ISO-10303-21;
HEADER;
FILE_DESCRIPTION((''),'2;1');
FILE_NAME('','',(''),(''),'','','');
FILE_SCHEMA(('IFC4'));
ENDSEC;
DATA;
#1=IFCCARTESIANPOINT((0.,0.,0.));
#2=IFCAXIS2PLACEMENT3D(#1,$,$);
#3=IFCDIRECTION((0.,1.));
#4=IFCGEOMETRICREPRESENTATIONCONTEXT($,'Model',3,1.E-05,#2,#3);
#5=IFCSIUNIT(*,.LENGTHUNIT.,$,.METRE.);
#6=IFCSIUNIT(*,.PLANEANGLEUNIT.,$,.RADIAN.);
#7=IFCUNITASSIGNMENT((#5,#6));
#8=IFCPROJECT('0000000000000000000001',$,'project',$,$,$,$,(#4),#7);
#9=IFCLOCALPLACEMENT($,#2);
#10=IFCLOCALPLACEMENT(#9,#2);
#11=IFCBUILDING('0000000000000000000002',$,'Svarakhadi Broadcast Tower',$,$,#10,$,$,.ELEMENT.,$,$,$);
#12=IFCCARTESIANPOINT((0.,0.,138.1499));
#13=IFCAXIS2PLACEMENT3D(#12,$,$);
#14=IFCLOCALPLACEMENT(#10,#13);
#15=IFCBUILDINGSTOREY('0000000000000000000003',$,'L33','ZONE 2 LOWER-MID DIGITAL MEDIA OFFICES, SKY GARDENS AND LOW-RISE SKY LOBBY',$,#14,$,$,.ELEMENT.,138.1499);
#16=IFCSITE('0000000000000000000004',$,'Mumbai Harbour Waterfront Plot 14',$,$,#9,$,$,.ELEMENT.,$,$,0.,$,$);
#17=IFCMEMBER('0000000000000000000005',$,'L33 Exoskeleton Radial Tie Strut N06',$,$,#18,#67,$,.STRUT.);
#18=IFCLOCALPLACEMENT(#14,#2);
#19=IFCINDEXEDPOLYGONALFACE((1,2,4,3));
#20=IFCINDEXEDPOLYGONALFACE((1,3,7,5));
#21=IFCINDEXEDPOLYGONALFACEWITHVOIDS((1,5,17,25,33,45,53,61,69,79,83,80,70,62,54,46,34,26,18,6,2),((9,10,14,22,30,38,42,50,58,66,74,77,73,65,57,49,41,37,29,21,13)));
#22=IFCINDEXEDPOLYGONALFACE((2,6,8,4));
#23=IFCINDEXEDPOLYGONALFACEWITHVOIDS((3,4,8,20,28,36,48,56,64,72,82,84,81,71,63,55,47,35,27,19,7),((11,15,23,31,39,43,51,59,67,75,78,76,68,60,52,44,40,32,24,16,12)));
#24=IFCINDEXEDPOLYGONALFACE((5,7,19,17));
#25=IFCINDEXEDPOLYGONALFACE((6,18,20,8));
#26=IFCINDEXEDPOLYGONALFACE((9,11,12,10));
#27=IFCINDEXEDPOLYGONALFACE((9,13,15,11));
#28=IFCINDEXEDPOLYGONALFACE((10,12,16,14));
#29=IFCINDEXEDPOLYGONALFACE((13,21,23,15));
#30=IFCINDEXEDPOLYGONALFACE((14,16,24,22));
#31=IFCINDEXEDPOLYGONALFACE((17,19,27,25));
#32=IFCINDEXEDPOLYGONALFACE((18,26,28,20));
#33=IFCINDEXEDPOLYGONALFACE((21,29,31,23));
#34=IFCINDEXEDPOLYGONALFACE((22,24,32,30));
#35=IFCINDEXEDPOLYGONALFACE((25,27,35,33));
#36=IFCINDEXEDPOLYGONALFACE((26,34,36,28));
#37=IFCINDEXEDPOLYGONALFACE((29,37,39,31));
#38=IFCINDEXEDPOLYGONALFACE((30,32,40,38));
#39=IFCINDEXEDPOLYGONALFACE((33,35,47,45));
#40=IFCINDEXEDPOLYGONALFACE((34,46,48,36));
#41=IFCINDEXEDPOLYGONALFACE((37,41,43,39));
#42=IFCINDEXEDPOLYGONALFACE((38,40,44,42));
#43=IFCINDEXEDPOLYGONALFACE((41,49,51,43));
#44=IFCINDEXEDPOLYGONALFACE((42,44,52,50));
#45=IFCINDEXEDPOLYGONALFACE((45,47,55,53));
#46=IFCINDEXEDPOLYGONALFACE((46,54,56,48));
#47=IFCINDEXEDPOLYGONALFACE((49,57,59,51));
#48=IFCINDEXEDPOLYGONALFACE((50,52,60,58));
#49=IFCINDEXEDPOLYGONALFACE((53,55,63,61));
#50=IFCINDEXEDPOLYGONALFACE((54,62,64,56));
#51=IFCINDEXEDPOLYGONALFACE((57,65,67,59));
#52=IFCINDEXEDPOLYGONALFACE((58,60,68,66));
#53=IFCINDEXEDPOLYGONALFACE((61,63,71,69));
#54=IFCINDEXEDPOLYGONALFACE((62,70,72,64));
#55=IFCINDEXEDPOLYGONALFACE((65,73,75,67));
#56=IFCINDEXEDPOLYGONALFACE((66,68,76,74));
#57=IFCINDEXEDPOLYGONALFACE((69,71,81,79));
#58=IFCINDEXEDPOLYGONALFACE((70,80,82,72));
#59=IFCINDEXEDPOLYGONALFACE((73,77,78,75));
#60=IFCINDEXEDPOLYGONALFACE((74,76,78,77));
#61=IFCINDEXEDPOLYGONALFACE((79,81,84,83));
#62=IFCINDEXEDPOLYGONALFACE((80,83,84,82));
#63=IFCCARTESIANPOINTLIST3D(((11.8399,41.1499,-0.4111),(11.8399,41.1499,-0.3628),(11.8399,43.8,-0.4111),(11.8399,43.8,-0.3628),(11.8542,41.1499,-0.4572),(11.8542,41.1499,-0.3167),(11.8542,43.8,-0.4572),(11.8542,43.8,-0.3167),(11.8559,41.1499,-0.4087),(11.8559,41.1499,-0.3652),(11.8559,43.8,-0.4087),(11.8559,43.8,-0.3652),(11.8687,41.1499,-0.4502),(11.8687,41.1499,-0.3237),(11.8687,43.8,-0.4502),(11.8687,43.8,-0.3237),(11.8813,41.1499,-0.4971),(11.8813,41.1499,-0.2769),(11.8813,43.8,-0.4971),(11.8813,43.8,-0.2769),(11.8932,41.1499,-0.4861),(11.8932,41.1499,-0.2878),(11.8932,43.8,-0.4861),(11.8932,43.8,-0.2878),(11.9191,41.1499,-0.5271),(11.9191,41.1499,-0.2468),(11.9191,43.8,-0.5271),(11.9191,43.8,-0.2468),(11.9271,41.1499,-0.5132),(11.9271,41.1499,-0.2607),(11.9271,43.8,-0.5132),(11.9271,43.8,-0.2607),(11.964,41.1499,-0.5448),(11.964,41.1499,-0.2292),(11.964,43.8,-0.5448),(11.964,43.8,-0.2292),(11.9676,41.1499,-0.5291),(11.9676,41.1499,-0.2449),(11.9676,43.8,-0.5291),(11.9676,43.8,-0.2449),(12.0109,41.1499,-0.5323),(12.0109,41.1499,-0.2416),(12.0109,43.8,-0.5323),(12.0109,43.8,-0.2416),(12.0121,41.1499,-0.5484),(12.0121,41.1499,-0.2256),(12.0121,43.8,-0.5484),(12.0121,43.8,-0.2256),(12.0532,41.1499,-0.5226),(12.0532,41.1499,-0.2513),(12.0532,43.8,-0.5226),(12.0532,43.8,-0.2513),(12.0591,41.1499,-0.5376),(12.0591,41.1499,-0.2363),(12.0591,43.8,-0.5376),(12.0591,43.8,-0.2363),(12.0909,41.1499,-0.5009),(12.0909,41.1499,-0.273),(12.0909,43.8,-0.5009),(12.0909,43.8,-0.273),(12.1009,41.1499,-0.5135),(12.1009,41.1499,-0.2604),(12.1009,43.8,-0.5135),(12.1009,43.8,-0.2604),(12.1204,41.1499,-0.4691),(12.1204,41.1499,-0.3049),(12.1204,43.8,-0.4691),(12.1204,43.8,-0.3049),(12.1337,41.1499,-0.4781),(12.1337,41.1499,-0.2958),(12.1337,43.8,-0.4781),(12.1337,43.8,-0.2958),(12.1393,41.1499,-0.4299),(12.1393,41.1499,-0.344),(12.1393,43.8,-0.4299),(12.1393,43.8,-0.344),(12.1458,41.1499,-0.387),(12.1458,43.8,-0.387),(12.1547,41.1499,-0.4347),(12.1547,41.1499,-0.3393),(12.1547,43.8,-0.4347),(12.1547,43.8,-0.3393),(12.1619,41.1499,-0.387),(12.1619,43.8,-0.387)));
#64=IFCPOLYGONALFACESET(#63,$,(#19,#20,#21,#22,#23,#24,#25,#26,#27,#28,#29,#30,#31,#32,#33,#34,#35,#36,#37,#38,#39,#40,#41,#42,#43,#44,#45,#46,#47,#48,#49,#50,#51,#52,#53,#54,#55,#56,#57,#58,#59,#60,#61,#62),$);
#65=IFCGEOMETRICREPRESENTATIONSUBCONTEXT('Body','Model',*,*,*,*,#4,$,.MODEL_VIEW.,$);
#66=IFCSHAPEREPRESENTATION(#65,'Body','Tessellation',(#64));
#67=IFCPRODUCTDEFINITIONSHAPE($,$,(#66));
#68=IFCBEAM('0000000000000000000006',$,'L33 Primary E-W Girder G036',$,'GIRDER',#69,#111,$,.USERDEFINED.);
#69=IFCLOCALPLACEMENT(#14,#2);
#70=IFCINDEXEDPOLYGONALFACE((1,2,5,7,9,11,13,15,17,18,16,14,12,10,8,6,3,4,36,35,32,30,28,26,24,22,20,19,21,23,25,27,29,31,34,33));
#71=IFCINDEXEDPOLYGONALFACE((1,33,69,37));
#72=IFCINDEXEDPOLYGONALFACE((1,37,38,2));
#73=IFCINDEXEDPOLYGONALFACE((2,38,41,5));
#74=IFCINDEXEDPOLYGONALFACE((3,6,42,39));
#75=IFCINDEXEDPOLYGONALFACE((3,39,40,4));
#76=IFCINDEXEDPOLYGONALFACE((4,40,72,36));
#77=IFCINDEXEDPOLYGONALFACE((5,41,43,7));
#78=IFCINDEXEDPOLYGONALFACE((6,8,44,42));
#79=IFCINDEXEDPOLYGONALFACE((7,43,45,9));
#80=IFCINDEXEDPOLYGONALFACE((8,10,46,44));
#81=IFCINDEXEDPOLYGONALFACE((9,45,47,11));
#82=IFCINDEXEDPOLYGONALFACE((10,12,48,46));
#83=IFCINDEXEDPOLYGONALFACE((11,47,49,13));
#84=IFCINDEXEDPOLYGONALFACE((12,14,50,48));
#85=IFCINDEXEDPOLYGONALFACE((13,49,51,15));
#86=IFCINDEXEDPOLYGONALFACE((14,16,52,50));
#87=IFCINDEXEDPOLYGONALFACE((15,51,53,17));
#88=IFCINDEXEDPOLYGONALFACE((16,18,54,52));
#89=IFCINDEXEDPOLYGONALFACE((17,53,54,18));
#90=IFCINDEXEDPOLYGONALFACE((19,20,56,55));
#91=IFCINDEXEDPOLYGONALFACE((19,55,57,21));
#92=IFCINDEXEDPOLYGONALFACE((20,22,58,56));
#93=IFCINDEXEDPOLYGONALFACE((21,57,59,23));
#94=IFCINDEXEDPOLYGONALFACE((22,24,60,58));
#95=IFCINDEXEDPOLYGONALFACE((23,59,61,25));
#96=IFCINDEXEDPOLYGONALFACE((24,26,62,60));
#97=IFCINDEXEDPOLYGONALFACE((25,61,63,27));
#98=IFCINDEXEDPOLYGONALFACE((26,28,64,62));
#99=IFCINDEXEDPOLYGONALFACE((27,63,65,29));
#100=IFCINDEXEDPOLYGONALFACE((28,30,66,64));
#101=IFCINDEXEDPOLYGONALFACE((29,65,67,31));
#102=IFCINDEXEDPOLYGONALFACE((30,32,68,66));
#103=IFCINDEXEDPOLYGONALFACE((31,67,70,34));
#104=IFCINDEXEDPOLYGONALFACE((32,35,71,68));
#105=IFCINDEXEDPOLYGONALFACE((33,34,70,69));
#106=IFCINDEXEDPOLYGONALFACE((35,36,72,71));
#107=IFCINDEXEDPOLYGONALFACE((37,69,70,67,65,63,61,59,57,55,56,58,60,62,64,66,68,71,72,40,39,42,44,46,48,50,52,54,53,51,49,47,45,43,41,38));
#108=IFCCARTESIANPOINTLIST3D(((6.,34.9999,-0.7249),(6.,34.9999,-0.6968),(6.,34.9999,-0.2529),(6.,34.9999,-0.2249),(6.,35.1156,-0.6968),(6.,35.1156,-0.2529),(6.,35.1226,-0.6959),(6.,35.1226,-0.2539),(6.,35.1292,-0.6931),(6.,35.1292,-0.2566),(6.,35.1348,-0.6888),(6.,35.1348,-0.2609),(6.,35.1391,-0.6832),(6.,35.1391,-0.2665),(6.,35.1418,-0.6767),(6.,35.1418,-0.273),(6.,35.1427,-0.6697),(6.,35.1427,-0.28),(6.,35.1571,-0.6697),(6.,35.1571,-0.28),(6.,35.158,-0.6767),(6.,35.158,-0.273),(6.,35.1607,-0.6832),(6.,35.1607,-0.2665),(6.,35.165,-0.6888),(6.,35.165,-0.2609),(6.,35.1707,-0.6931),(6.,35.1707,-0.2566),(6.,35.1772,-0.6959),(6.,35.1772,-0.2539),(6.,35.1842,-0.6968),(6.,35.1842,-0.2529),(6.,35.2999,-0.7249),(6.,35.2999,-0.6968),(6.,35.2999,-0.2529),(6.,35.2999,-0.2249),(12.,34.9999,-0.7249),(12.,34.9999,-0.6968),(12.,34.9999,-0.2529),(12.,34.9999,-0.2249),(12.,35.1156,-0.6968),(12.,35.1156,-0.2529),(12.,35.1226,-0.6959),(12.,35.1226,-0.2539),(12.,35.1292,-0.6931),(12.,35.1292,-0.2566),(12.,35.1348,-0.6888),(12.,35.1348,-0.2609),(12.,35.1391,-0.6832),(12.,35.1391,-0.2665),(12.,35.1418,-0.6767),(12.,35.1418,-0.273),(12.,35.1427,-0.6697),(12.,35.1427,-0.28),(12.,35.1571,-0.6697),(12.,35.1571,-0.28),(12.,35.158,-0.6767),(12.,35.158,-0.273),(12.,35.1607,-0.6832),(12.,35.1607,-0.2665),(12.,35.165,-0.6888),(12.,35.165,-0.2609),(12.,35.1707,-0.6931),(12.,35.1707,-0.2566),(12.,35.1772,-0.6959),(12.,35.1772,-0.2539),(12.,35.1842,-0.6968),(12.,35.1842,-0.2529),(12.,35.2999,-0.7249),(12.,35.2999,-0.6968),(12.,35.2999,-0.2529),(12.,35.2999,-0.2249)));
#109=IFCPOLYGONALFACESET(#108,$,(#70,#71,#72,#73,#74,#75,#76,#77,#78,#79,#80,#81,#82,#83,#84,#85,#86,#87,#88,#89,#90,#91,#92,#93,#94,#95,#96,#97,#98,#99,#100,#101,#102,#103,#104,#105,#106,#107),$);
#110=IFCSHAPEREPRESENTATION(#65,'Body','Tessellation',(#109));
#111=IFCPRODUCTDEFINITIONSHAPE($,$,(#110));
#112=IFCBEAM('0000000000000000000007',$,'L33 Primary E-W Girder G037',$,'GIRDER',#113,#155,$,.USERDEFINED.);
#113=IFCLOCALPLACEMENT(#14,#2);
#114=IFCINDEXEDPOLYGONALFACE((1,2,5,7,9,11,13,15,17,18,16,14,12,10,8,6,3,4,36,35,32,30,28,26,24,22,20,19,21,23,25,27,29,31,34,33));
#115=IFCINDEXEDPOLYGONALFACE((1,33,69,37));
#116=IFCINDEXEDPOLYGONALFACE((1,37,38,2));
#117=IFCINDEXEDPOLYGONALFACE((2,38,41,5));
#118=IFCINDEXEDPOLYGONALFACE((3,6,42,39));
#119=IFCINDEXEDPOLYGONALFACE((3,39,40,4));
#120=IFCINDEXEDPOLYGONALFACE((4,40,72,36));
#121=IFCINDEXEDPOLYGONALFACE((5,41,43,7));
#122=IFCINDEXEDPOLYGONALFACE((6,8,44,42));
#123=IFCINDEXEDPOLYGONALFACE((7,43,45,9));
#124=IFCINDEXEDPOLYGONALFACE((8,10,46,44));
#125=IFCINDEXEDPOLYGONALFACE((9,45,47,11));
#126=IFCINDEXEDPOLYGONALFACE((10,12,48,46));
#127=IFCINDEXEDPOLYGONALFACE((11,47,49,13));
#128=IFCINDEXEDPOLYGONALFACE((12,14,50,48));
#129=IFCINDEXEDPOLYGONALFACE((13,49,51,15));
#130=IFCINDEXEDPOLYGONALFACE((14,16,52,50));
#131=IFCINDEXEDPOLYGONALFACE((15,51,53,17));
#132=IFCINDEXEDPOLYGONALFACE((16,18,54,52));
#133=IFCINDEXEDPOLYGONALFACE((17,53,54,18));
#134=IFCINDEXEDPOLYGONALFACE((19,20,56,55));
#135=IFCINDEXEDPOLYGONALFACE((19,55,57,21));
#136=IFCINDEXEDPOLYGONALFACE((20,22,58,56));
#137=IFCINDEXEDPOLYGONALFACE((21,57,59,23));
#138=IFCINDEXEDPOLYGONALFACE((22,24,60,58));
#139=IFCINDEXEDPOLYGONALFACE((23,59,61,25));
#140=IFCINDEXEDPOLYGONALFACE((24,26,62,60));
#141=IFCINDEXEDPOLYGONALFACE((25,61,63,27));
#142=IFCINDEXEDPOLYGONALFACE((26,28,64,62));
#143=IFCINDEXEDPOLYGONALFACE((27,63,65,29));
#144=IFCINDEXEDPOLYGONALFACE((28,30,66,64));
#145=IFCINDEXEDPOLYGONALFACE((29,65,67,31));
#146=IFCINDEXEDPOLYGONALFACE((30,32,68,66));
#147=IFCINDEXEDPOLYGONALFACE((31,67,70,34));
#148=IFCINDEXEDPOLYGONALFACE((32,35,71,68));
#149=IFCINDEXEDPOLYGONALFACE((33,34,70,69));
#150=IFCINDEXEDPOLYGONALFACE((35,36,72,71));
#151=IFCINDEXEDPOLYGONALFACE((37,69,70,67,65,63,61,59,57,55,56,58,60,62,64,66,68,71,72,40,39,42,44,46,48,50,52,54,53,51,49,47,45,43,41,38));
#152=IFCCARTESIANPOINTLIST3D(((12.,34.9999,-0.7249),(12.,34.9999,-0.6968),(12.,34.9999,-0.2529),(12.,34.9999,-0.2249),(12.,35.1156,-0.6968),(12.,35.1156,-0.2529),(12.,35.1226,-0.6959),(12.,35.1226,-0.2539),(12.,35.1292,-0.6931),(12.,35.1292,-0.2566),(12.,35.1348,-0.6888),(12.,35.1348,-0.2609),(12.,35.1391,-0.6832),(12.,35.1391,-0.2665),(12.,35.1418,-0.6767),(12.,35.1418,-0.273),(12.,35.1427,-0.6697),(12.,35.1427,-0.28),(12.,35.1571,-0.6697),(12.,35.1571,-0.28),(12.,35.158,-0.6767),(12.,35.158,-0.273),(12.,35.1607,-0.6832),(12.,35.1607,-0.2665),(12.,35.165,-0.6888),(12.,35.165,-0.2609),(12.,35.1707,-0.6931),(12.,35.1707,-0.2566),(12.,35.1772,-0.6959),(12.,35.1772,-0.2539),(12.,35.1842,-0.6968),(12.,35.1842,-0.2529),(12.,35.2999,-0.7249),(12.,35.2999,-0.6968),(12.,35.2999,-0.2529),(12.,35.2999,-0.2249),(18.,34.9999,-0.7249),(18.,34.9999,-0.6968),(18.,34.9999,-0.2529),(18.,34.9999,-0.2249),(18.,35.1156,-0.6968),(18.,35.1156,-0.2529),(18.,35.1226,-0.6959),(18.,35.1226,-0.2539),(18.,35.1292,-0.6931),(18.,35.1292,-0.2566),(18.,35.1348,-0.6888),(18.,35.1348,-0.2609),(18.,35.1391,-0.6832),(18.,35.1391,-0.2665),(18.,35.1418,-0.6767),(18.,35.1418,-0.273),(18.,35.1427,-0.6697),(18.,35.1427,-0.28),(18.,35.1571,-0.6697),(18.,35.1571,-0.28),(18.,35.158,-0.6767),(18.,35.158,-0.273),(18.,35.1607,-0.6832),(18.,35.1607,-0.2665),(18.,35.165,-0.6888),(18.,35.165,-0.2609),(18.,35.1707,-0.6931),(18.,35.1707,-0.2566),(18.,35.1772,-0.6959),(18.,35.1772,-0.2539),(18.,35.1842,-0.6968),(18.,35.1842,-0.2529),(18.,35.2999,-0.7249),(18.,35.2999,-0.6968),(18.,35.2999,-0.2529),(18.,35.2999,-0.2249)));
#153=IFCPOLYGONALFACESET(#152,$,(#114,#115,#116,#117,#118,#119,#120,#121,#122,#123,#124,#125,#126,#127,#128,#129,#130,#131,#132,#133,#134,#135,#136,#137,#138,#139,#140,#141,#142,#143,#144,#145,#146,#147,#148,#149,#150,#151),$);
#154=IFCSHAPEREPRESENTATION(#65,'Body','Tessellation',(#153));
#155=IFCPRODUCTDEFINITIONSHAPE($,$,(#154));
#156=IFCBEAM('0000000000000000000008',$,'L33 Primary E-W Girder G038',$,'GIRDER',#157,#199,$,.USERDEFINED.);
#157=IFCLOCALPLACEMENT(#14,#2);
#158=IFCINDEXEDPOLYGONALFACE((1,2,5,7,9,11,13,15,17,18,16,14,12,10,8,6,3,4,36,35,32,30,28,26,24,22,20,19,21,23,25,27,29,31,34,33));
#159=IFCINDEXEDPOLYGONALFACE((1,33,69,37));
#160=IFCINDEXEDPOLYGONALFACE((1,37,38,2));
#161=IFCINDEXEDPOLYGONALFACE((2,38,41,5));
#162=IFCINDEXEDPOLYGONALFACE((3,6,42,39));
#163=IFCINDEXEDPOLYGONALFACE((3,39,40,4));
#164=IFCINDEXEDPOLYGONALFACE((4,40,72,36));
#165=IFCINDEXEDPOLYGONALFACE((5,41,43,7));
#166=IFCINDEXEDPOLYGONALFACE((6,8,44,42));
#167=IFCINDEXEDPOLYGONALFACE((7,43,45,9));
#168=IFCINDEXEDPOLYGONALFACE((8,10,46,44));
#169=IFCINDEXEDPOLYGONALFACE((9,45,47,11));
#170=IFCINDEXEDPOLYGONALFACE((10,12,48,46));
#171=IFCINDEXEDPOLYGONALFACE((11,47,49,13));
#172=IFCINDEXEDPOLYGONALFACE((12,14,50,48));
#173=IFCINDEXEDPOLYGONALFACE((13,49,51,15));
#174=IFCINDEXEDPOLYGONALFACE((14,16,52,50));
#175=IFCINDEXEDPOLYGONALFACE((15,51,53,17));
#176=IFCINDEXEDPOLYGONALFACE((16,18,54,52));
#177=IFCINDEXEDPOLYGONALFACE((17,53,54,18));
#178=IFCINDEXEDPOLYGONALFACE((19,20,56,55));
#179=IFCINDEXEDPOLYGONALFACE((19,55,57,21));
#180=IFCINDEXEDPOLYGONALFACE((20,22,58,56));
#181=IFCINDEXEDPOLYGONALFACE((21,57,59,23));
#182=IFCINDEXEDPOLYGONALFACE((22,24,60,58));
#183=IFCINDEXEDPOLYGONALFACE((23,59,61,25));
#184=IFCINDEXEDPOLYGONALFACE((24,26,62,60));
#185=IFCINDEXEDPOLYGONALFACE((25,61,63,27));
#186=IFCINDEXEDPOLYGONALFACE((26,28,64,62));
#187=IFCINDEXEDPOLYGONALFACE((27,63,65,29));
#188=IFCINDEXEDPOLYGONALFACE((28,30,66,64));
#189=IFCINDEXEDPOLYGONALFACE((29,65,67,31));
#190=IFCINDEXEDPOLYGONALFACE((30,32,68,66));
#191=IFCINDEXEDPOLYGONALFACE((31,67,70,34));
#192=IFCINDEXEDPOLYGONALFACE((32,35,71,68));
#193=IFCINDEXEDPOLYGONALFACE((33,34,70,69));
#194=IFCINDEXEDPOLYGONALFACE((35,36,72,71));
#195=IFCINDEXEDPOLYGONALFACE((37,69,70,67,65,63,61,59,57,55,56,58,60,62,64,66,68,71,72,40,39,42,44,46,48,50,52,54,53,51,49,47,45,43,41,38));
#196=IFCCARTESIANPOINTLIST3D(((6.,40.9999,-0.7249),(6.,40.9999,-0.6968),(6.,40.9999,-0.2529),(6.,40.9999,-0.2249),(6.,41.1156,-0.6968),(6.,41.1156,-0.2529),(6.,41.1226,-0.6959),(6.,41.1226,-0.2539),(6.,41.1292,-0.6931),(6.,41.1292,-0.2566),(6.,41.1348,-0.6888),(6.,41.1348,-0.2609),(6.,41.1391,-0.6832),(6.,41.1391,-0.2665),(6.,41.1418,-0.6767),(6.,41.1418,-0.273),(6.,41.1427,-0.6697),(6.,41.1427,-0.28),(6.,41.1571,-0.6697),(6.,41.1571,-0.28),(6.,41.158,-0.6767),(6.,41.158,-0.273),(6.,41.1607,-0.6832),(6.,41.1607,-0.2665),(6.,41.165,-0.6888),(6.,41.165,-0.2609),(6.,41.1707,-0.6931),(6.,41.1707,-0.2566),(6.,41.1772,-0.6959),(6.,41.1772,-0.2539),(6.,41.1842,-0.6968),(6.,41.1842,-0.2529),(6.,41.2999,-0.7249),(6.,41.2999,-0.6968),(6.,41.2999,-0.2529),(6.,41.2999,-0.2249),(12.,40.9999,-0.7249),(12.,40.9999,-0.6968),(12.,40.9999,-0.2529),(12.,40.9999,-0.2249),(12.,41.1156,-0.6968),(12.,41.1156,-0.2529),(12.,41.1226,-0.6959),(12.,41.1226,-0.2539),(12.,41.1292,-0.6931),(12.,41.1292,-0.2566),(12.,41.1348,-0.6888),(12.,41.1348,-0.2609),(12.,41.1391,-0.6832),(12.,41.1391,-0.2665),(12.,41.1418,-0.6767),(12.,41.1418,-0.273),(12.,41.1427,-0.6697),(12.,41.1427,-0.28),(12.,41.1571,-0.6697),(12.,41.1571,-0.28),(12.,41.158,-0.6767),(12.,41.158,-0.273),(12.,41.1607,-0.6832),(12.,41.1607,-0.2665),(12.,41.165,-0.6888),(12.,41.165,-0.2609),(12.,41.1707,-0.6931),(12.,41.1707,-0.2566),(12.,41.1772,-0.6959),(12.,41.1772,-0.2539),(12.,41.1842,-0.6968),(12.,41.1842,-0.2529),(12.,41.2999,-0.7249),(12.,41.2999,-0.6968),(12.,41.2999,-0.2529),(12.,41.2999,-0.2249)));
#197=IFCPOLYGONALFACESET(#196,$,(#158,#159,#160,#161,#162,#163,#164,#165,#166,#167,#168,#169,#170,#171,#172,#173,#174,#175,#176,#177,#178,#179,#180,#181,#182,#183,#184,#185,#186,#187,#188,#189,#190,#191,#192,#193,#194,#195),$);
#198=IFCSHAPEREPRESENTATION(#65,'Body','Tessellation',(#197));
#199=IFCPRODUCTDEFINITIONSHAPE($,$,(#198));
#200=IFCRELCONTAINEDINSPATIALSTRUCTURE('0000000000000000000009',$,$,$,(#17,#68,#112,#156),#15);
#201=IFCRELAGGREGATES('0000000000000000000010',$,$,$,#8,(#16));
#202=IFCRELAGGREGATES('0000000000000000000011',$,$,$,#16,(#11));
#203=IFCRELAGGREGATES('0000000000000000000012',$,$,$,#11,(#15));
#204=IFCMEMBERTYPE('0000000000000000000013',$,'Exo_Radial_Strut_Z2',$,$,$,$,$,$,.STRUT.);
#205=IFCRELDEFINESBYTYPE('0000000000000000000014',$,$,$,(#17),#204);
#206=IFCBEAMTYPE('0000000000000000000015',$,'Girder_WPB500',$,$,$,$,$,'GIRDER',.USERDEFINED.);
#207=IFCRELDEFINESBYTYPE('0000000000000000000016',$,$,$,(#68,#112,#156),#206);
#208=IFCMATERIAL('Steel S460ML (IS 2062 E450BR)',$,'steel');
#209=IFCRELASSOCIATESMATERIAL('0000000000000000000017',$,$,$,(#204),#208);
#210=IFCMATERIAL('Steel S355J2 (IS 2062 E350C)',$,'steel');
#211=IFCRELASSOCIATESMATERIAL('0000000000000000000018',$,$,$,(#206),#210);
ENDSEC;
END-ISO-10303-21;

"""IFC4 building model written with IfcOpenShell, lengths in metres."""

from ifc_helpers import new_model, si_unit, direction, frame, origin, origin_2d, place, context, subcontext, project, spatial, hollow_circle, i_section, extrude, material, material_profile, profile_set, type_object, element, save


model = new_model("IFC4")

# Units and contexts
model_context = context("Model", 3, precision=1e-05, world=origin(), true_north=direction((0.0, 1.0)))
body_context = subcontext(model_context, "Body", "Model", "MODEL_VIEW")
ifc_project = project(units=[si_unit("LENGTHUNIT", "METRE"), si_unit("PLANEANGLEUNIT", "RADIAN")], contexts=[model_context])

# Site, building, storey
site_placement = place(None, origin())
site = spatial("IfcSite", under=ifc_project, at=site_placement, Name="Mumbai Harbour Waterfront Plot 14", CompositionType="ELEMENT", RefElevation=0.0)
building_placement = place(site_placement, origin())
building = spatial("IfcBuilding", under=site, at=building_placement, Name="Svarakhadi Broadcast Tower", CompositionType="ELEMENT")
storey_placement = place(building_placement, frame((0.0, 0.0, 138.1499)))
storey = spatial("IfcBuildingStorey", under=building, at=storey_placement, Name="L33", Description="ZONE 2 LOWER-MID DIGITAL MEDIA OFFICES, SKY GARDENS AND LOW-RISE SKY LOBBY", CompositionType="ELEMENT", Elevation=138.1499)

# Shared definitions
ifc_material_1 = material(Name="Steel S460ML (IS 2062 E450BR)", Category="steel")

# Shared definitions
ifc_material_2 = material(Name="Steel S355J2 (IS 2062 E350C)", Category="steel")

# Member
ifc_material_profile_1 = material_profile(ifc_material_1, hollow_circle(Radius=0.1619, WallThickness=0.0161, at=origin_2d()), Name="CHS 323.9x16")
ifc_profile_set_1 = profile_set([ifc_material_profile_1], Name="Steel S460ML (IS 2062 E450BR)")
member_type_1 = type_object("IfcMemberType", Name="Exo_Radial_Strut_Z2", PredefinedType="STRUT", material=ifc_profile_set_1)
member_1_placement = place(storey_placement, frame((12.0, 43.8, -0.387), z_axis=(0.0, -1.0, 0.0), x_axis=(1.0, 0.0, 0.0)))
element("IfcMember", 1, at=member_1_placement, inside=storey, type_object=member_type_1, Name="L33 Exoskeleton Radial Tie Strut N06", PredefinedType="STRUT", context=body_context, shape_type="SweptSolid", body=[
    extrude(hollow_circle(Radius=0.1619, WallThickness=0.0161, at=origin_2d()), origin(), (0.0, 0.0, 1.0), 2.6501),
])

# Beams
ifc_material_profile_2 = material_profile(ifc_material_2, i_section(OverallWidth=0.3, OverallDepth=0.5, WebThickness=0.0144, FlangeThickness=0.0281, FilletRadius=0.0271, at=origin_2d()), Name="WPB 500x300x187")
ifc_profile_set_2 = profile_set([ifc_material_profile_2], Name="Steel S355J2 (IS 2062 E350C)")
beam_type_1 = type_object("IfcBeamType", Name="Girder_WPB500", ElementType="GIRDER", PredefinedType="USERDEFINED", material=ifc_profile_set_2)
for number, where, z_axis, x_axis, name in (
    (2, (6.0, 35.1499, -0.4749), (1.0, 0.0, 0.0), (0.0, 1.0, 0.0), "L33 Primary E-W Girder G036"),
    (3, (12.0, 35.1499, -0.4749), (1.0, 0.0, 0.0), (0.0, 1.0, 0.0), "L33 Primary E-W Girder G037"),
    (4, (6.0, 41.1499, -0.4749), (1.0, 0.0, 0.0), (0.0, 1.0, 0.0), "L33 Primary E-W Girder G038"),
):
    element("IfcBeam", number, at=place(storey_placement, frame(where, z_axis=z_axis, x_axis=x_axis)), inside=storey, type_object=beam_type_1, Name=name, ObjectType="GIRDER", PredefinedType="USERDEFINED", context=body_context, shape_type="SweptSolid", body=[
        extrude(i_section(OverallWidth=0.3, OverallDepth=0.5, WebThickness=0.0144, FlangeThickness=0.0281, FilletRadius=0.0271, at=origin_2d()), origin(), (0.0, 0.0, 1.0), 6.0),
    ])

save(model, "model.ifc")
